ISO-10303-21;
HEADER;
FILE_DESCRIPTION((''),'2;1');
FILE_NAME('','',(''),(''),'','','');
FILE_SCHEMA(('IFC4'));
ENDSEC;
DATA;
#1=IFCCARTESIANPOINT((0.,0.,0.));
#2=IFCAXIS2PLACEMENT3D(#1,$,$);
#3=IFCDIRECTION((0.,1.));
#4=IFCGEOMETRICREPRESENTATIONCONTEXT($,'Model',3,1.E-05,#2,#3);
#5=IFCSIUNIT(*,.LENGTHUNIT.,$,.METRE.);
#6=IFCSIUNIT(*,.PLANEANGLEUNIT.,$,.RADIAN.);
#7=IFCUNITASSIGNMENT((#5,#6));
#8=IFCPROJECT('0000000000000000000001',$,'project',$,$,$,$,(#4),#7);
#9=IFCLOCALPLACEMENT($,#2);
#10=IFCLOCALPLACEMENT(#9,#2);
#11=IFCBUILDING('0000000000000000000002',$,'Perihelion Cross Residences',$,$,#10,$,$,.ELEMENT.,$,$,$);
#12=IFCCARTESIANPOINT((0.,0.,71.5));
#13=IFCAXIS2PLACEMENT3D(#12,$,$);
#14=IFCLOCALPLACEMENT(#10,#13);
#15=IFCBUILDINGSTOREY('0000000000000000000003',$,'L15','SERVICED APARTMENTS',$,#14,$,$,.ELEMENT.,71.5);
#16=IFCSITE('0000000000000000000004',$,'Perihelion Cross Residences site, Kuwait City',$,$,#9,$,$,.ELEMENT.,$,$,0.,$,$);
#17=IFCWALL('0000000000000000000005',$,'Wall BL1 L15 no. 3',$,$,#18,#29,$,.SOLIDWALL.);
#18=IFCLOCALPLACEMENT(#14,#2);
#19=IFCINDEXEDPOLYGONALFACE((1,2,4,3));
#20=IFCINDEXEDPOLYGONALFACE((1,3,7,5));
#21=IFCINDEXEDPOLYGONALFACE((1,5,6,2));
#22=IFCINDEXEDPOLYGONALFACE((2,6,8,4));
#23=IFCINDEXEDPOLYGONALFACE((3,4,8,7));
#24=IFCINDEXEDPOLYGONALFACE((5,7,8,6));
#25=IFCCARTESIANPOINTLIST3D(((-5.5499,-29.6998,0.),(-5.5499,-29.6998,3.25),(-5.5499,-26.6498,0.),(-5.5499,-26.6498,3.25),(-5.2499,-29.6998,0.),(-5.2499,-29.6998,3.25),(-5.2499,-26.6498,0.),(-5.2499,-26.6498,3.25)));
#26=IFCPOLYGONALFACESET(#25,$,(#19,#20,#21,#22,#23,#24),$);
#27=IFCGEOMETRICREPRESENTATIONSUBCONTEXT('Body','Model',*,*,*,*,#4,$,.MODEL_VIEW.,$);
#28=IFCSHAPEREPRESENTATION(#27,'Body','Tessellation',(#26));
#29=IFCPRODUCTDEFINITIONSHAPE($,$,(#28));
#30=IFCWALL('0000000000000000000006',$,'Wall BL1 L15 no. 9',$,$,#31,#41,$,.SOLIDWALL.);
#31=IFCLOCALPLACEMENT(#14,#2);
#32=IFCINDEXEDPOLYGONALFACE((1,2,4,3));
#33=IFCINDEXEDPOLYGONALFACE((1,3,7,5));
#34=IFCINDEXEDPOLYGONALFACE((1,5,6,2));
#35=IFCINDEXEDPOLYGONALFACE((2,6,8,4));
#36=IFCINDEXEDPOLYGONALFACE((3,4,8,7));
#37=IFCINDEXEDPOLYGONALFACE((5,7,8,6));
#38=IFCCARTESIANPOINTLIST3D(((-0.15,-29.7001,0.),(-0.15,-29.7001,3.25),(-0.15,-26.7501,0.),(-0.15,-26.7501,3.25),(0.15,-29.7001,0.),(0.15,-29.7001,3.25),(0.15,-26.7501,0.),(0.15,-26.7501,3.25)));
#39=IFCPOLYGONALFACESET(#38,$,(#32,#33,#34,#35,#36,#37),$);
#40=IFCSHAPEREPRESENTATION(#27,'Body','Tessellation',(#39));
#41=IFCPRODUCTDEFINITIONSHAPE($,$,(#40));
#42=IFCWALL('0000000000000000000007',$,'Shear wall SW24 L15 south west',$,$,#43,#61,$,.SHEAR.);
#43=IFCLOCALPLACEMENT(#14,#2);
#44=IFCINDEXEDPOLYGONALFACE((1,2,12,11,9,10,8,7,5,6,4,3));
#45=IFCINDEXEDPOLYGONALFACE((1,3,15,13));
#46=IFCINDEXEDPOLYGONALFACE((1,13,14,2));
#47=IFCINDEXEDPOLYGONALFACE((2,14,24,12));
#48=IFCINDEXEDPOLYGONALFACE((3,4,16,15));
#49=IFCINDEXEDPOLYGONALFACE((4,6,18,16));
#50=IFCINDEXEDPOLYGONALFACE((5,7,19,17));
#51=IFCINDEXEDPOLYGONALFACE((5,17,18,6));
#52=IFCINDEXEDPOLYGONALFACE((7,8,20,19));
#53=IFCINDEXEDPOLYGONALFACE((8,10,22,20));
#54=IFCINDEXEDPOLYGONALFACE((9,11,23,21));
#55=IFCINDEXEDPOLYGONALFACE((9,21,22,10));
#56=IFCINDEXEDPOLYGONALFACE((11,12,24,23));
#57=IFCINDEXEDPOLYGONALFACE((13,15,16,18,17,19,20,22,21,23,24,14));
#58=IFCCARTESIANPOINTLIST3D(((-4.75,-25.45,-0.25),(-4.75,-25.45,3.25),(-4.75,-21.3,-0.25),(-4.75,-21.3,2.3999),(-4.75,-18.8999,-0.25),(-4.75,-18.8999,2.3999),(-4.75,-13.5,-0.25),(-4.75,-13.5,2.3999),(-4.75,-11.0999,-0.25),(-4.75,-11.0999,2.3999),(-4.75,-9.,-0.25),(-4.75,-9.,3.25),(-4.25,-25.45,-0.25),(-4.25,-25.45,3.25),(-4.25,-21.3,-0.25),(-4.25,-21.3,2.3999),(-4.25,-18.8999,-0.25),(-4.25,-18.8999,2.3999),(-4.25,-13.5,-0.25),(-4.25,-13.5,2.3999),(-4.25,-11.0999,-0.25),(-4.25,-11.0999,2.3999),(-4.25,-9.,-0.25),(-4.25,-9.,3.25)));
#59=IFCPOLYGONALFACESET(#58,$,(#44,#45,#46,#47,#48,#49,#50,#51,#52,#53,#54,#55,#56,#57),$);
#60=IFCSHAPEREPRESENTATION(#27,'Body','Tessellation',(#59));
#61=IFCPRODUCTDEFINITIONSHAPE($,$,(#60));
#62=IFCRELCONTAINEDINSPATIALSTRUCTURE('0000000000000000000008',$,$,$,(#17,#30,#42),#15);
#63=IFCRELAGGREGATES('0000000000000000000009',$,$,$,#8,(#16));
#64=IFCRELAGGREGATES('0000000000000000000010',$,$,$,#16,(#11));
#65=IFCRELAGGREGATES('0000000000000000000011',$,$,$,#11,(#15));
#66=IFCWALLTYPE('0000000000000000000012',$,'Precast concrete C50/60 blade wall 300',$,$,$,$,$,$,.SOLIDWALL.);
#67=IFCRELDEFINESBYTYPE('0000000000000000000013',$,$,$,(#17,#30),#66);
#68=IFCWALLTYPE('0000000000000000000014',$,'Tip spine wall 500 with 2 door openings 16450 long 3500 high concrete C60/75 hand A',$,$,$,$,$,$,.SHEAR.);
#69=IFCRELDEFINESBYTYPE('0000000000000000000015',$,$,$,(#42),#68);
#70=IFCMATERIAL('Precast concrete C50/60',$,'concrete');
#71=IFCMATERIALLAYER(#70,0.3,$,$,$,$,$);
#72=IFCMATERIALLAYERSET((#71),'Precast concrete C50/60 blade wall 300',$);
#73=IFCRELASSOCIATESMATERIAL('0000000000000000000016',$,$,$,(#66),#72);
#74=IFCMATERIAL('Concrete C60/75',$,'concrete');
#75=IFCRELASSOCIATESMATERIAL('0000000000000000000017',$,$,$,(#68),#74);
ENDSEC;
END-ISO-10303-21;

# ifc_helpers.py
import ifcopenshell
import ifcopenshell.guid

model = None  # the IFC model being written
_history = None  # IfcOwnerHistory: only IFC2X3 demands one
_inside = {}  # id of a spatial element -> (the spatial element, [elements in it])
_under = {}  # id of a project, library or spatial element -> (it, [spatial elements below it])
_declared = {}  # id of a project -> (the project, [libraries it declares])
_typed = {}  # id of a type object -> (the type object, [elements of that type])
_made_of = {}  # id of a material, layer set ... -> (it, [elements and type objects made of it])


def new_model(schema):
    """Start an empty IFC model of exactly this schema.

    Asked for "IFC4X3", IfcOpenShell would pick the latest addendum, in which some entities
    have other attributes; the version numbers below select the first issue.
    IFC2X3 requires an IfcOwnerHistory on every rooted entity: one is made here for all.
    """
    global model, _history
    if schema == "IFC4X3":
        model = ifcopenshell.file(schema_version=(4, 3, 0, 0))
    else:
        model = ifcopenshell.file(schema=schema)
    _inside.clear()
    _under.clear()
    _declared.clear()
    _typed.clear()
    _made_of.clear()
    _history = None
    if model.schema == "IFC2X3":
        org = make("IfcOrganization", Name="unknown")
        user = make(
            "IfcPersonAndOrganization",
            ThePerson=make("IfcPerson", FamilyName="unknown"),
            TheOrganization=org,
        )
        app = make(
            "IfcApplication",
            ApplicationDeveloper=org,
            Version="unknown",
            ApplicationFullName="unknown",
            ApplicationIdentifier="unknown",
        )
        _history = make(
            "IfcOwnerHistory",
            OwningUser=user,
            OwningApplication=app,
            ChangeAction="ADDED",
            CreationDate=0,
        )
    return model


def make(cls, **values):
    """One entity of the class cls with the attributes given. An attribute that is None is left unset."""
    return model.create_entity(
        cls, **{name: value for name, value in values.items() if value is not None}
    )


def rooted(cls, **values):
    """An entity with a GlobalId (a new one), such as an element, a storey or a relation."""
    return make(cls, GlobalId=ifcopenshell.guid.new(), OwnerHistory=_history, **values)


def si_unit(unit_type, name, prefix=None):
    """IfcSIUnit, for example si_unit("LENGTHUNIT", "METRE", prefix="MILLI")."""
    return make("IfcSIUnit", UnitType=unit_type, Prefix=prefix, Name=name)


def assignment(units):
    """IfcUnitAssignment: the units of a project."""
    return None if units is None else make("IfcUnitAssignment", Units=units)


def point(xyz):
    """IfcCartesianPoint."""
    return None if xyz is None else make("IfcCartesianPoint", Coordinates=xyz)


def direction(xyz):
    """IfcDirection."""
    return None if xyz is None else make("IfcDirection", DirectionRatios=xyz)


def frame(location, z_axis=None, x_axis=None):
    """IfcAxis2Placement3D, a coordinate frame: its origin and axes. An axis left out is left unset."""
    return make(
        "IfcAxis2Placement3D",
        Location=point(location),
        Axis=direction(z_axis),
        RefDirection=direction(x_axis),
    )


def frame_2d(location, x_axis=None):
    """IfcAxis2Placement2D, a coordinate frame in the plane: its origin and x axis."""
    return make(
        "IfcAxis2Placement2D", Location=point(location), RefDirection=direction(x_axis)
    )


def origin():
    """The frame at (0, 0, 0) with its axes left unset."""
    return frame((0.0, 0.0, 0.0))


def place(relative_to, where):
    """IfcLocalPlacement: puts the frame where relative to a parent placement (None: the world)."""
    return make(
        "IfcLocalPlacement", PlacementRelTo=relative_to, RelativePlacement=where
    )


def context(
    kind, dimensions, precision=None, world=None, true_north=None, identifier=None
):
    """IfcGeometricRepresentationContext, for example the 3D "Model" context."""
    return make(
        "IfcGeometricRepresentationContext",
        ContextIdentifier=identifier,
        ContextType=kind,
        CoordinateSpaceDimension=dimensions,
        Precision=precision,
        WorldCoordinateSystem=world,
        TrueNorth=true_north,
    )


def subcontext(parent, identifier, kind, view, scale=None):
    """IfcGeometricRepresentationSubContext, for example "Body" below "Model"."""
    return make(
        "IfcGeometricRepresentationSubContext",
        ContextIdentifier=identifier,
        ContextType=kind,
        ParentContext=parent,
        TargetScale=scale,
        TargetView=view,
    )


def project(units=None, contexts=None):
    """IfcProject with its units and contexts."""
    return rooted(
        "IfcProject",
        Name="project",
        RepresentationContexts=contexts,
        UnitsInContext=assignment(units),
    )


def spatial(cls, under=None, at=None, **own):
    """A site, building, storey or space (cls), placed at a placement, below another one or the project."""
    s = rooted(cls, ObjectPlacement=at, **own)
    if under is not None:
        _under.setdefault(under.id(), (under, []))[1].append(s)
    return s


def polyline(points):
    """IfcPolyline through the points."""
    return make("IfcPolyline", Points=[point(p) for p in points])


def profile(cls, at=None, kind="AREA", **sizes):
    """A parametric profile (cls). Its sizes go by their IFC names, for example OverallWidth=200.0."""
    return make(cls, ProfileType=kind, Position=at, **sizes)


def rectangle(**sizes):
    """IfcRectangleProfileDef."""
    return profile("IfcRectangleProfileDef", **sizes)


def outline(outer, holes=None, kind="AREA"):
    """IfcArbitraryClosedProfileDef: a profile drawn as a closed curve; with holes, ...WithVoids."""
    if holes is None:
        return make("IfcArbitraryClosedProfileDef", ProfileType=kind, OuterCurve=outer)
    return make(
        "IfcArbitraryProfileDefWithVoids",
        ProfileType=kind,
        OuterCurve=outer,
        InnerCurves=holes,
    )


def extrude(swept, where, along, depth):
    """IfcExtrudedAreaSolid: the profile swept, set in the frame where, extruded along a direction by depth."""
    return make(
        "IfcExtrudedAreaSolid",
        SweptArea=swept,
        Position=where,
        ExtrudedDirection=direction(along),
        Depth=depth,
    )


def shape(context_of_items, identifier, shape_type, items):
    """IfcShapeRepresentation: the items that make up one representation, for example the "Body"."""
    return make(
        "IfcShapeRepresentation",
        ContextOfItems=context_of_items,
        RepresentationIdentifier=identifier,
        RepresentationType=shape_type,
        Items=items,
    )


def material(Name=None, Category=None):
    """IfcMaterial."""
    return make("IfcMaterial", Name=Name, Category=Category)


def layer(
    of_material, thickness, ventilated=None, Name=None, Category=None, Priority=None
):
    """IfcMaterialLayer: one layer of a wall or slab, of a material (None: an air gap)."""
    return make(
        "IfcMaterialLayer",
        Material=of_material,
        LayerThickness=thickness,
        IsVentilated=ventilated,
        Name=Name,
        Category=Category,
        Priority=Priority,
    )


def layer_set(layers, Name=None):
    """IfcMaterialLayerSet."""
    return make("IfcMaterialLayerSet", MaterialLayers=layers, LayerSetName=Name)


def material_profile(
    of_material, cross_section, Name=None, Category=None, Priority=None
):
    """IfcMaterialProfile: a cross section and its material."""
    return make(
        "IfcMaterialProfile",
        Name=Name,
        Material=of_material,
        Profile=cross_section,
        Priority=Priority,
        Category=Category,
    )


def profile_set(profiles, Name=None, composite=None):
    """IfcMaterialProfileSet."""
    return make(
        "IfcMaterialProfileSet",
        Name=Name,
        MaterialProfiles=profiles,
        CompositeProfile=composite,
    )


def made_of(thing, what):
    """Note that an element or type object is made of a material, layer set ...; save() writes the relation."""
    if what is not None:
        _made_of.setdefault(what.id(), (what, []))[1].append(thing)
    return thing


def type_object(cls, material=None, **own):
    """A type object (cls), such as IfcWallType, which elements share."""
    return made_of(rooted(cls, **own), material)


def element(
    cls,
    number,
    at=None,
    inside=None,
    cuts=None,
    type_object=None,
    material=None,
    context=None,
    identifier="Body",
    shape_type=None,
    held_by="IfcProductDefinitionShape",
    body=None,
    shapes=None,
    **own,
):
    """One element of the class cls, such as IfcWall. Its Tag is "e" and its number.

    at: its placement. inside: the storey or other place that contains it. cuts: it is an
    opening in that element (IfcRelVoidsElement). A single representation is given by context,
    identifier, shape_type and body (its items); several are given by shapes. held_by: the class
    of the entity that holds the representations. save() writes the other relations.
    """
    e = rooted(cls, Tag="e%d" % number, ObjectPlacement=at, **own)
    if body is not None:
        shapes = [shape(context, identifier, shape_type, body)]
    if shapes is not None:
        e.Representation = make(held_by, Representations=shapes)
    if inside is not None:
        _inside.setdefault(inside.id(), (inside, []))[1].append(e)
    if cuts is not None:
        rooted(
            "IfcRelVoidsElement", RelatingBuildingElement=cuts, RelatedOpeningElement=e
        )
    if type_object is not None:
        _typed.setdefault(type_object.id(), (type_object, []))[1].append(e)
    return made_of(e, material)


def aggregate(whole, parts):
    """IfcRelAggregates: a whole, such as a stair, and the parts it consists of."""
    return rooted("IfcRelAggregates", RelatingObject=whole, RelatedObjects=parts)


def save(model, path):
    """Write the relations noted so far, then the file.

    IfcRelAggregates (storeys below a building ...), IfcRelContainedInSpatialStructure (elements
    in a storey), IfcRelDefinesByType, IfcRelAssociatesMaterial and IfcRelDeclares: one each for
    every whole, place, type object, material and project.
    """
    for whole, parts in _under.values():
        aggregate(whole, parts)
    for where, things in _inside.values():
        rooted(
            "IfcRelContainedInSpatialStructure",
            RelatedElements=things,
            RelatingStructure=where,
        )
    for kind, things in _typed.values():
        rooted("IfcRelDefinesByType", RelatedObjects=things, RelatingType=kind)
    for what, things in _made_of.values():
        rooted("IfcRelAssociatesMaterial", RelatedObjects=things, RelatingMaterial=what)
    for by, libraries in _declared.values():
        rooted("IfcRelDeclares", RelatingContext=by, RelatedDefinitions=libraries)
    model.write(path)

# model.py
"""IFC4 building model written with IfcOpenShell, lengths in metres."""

from ifc_helpers import new_model, si_unit, direction, frame, frame_2d, origin, place, context, subcontext, project, spatial, polyline, rectangle, outline, extrude, material, layer, layer_set, material_profile, profile_set, type_object, element, save


model = new_model("IFC4")

# Units and contexts
model_context = context("Model", 3, precision=1e-05, world=origin(), true_north=direction((0.0, 1.0)))
body_context = subcontext(model_context, "Body", "Model", "MODEL_VIEW")
ifc_project = project(units=[si_unit("LENGTHUNIT", "METRE"), si_unit("PLANEANGLEUNIT", "RADIAN")], contexts=[model_context])

# Site, building, storey
site_placement = place(None, origin())
site = spatial("IfcSite", under=ifc_project, at=site_placement, Name="Perihelion Cross Residences site, Kuwait City", CompositionType="ELEMENT", RefElevation=0.0)
building_placement = place(site_placement, origin())
building = spatial("IfcBuilding", under=site, at=building_placement, Name="Perihelion Cross Residences", CompositionType="ELEMENT")
storey_placement = place(building_placement, frame((0.0, 0.0, 71.5)))
storey = spatial("IfcBuildingStorey", under=building, at=storey_placement, Name="L15", Description="SERVICED APARTMENTS", CompositionType="ELEMENT", Elevation=71.5)

# Walls
ifc_material_1 = material(Name="Precast concrete C50/60", Category="concrete")
ifc_layer_1 = layer(ifc_material_1, 0.3)
ifc_layer_set_1 = layer_set([ifc_layer_1], Name="Precast concrete C50/60 blade wall 300")
wall_type_1 = type_object("IfcWallType", Name="Precast concrete C50/60 blade wall 300", PredefinedType="SOLIDWALL", material=ifc_layer_set_1)
for number, where, z_axis, x_axis, name in (
    (1, (-5.3999, -26.6499, 0.0), (0.0, 0.0, 1.0), (0.0, -1.0, 0.0), "Wall BL1 L15 no. 3"),
):
    element("IfcWall", number, at=place(storey_placement, frame(where, z_axis=z_axis, x_axis=x_axis)), inside=storey, type_object=wall_type_1, Name=name, PredefinedType="SOLIDWALL", context=body_context, shape_type="SweptSolid", body=[
        extrude(rectangle(XDim=3.05, YDim=0.3, at=frame_2d((1.5249, 0.0))), origin(), (0.0, 0.0, 1.0), 3.25),
    ])
wall_1_placement = place(storey_placement, frame((0.0, -26.75, 0.0), z_axis=(0.0, 0.0, 1.0), x_axis=(0.0, -1.0, 0.0)))
element("IfcWall", 2, at=wall_1_placement, inside=storey, type_object=wall_type_1, Name="Wall BL1 L15 no. 9", PredefinedType="SOLIDWALL", context=body_context, shape_type="SweptSolid", body=[
    extrude(rectangle(XDim=2.95, YDim=0.3, at=frame_2d((1.4751, 0.0))), origin(), (0.0, 0.0, 1.0), 3.25),
])
ifc_material_2 = material(Name="Concrete C60/75", Category="concrete")
ifc_material_profile_1 = material_profile(ifc_material_2, outline(polyline([(0.0, 0.0), (4.1499, 0.0), (4.1499, 2.6499), (6.55, 2.6499), (6.55, 0.0), (11.95, 0.0), (11.95, 2.6499), (14.3501, 2.6499), (14.3501, 0.0), (16.45, 0.0), (16.45, 3.5), (0.0, 3.5), (0.0, 0.0)])), Name="Tip spine wall")
ifc_profile_set_1 = profile_set([ifc_material_profile_1], Name="Concrete C60/75")
wall_type_2 = type_object("IfcWallType", Name="Tip spine wall 500 with 2 door openings 16450 long 3500 high concrete C60/75 hand A", PredefinedType="SHEAR", material=ifc_profile_set_1)
wall_2_placement = place(storey_placement, frame((-4.75, -25.45, -0.25), z_axis=(1.0, 0.0, 0.0), x_axis=(0.0, 1.0, 0.0)))
element("IfcWall", 3, at=wall_2_placement, inside=storey, type_object=wall_type_2, Name="Shear wall SW24 L15 south west", PredefinedType="SHEAR", context=body_context, shape_type="SweptSolid", body=[
    extrude(outline(polyline([(0.0, 0.0), (4.1499, 0.0), (4.1499, 2.6499), (6.55, 2.6499), (6.55, 0.0), (11.95, 0.0), (11.95, 2.6499), (14.3501, 2.6499), (14.3501, 0.0), (16.45, 0.0), (16.45, 3.5), (0.0, 3.5), (0.0, 0.0)])), origin(), (0.0, 0.0, 1.0), 0.5),
])

save(model, "model.ifc")
